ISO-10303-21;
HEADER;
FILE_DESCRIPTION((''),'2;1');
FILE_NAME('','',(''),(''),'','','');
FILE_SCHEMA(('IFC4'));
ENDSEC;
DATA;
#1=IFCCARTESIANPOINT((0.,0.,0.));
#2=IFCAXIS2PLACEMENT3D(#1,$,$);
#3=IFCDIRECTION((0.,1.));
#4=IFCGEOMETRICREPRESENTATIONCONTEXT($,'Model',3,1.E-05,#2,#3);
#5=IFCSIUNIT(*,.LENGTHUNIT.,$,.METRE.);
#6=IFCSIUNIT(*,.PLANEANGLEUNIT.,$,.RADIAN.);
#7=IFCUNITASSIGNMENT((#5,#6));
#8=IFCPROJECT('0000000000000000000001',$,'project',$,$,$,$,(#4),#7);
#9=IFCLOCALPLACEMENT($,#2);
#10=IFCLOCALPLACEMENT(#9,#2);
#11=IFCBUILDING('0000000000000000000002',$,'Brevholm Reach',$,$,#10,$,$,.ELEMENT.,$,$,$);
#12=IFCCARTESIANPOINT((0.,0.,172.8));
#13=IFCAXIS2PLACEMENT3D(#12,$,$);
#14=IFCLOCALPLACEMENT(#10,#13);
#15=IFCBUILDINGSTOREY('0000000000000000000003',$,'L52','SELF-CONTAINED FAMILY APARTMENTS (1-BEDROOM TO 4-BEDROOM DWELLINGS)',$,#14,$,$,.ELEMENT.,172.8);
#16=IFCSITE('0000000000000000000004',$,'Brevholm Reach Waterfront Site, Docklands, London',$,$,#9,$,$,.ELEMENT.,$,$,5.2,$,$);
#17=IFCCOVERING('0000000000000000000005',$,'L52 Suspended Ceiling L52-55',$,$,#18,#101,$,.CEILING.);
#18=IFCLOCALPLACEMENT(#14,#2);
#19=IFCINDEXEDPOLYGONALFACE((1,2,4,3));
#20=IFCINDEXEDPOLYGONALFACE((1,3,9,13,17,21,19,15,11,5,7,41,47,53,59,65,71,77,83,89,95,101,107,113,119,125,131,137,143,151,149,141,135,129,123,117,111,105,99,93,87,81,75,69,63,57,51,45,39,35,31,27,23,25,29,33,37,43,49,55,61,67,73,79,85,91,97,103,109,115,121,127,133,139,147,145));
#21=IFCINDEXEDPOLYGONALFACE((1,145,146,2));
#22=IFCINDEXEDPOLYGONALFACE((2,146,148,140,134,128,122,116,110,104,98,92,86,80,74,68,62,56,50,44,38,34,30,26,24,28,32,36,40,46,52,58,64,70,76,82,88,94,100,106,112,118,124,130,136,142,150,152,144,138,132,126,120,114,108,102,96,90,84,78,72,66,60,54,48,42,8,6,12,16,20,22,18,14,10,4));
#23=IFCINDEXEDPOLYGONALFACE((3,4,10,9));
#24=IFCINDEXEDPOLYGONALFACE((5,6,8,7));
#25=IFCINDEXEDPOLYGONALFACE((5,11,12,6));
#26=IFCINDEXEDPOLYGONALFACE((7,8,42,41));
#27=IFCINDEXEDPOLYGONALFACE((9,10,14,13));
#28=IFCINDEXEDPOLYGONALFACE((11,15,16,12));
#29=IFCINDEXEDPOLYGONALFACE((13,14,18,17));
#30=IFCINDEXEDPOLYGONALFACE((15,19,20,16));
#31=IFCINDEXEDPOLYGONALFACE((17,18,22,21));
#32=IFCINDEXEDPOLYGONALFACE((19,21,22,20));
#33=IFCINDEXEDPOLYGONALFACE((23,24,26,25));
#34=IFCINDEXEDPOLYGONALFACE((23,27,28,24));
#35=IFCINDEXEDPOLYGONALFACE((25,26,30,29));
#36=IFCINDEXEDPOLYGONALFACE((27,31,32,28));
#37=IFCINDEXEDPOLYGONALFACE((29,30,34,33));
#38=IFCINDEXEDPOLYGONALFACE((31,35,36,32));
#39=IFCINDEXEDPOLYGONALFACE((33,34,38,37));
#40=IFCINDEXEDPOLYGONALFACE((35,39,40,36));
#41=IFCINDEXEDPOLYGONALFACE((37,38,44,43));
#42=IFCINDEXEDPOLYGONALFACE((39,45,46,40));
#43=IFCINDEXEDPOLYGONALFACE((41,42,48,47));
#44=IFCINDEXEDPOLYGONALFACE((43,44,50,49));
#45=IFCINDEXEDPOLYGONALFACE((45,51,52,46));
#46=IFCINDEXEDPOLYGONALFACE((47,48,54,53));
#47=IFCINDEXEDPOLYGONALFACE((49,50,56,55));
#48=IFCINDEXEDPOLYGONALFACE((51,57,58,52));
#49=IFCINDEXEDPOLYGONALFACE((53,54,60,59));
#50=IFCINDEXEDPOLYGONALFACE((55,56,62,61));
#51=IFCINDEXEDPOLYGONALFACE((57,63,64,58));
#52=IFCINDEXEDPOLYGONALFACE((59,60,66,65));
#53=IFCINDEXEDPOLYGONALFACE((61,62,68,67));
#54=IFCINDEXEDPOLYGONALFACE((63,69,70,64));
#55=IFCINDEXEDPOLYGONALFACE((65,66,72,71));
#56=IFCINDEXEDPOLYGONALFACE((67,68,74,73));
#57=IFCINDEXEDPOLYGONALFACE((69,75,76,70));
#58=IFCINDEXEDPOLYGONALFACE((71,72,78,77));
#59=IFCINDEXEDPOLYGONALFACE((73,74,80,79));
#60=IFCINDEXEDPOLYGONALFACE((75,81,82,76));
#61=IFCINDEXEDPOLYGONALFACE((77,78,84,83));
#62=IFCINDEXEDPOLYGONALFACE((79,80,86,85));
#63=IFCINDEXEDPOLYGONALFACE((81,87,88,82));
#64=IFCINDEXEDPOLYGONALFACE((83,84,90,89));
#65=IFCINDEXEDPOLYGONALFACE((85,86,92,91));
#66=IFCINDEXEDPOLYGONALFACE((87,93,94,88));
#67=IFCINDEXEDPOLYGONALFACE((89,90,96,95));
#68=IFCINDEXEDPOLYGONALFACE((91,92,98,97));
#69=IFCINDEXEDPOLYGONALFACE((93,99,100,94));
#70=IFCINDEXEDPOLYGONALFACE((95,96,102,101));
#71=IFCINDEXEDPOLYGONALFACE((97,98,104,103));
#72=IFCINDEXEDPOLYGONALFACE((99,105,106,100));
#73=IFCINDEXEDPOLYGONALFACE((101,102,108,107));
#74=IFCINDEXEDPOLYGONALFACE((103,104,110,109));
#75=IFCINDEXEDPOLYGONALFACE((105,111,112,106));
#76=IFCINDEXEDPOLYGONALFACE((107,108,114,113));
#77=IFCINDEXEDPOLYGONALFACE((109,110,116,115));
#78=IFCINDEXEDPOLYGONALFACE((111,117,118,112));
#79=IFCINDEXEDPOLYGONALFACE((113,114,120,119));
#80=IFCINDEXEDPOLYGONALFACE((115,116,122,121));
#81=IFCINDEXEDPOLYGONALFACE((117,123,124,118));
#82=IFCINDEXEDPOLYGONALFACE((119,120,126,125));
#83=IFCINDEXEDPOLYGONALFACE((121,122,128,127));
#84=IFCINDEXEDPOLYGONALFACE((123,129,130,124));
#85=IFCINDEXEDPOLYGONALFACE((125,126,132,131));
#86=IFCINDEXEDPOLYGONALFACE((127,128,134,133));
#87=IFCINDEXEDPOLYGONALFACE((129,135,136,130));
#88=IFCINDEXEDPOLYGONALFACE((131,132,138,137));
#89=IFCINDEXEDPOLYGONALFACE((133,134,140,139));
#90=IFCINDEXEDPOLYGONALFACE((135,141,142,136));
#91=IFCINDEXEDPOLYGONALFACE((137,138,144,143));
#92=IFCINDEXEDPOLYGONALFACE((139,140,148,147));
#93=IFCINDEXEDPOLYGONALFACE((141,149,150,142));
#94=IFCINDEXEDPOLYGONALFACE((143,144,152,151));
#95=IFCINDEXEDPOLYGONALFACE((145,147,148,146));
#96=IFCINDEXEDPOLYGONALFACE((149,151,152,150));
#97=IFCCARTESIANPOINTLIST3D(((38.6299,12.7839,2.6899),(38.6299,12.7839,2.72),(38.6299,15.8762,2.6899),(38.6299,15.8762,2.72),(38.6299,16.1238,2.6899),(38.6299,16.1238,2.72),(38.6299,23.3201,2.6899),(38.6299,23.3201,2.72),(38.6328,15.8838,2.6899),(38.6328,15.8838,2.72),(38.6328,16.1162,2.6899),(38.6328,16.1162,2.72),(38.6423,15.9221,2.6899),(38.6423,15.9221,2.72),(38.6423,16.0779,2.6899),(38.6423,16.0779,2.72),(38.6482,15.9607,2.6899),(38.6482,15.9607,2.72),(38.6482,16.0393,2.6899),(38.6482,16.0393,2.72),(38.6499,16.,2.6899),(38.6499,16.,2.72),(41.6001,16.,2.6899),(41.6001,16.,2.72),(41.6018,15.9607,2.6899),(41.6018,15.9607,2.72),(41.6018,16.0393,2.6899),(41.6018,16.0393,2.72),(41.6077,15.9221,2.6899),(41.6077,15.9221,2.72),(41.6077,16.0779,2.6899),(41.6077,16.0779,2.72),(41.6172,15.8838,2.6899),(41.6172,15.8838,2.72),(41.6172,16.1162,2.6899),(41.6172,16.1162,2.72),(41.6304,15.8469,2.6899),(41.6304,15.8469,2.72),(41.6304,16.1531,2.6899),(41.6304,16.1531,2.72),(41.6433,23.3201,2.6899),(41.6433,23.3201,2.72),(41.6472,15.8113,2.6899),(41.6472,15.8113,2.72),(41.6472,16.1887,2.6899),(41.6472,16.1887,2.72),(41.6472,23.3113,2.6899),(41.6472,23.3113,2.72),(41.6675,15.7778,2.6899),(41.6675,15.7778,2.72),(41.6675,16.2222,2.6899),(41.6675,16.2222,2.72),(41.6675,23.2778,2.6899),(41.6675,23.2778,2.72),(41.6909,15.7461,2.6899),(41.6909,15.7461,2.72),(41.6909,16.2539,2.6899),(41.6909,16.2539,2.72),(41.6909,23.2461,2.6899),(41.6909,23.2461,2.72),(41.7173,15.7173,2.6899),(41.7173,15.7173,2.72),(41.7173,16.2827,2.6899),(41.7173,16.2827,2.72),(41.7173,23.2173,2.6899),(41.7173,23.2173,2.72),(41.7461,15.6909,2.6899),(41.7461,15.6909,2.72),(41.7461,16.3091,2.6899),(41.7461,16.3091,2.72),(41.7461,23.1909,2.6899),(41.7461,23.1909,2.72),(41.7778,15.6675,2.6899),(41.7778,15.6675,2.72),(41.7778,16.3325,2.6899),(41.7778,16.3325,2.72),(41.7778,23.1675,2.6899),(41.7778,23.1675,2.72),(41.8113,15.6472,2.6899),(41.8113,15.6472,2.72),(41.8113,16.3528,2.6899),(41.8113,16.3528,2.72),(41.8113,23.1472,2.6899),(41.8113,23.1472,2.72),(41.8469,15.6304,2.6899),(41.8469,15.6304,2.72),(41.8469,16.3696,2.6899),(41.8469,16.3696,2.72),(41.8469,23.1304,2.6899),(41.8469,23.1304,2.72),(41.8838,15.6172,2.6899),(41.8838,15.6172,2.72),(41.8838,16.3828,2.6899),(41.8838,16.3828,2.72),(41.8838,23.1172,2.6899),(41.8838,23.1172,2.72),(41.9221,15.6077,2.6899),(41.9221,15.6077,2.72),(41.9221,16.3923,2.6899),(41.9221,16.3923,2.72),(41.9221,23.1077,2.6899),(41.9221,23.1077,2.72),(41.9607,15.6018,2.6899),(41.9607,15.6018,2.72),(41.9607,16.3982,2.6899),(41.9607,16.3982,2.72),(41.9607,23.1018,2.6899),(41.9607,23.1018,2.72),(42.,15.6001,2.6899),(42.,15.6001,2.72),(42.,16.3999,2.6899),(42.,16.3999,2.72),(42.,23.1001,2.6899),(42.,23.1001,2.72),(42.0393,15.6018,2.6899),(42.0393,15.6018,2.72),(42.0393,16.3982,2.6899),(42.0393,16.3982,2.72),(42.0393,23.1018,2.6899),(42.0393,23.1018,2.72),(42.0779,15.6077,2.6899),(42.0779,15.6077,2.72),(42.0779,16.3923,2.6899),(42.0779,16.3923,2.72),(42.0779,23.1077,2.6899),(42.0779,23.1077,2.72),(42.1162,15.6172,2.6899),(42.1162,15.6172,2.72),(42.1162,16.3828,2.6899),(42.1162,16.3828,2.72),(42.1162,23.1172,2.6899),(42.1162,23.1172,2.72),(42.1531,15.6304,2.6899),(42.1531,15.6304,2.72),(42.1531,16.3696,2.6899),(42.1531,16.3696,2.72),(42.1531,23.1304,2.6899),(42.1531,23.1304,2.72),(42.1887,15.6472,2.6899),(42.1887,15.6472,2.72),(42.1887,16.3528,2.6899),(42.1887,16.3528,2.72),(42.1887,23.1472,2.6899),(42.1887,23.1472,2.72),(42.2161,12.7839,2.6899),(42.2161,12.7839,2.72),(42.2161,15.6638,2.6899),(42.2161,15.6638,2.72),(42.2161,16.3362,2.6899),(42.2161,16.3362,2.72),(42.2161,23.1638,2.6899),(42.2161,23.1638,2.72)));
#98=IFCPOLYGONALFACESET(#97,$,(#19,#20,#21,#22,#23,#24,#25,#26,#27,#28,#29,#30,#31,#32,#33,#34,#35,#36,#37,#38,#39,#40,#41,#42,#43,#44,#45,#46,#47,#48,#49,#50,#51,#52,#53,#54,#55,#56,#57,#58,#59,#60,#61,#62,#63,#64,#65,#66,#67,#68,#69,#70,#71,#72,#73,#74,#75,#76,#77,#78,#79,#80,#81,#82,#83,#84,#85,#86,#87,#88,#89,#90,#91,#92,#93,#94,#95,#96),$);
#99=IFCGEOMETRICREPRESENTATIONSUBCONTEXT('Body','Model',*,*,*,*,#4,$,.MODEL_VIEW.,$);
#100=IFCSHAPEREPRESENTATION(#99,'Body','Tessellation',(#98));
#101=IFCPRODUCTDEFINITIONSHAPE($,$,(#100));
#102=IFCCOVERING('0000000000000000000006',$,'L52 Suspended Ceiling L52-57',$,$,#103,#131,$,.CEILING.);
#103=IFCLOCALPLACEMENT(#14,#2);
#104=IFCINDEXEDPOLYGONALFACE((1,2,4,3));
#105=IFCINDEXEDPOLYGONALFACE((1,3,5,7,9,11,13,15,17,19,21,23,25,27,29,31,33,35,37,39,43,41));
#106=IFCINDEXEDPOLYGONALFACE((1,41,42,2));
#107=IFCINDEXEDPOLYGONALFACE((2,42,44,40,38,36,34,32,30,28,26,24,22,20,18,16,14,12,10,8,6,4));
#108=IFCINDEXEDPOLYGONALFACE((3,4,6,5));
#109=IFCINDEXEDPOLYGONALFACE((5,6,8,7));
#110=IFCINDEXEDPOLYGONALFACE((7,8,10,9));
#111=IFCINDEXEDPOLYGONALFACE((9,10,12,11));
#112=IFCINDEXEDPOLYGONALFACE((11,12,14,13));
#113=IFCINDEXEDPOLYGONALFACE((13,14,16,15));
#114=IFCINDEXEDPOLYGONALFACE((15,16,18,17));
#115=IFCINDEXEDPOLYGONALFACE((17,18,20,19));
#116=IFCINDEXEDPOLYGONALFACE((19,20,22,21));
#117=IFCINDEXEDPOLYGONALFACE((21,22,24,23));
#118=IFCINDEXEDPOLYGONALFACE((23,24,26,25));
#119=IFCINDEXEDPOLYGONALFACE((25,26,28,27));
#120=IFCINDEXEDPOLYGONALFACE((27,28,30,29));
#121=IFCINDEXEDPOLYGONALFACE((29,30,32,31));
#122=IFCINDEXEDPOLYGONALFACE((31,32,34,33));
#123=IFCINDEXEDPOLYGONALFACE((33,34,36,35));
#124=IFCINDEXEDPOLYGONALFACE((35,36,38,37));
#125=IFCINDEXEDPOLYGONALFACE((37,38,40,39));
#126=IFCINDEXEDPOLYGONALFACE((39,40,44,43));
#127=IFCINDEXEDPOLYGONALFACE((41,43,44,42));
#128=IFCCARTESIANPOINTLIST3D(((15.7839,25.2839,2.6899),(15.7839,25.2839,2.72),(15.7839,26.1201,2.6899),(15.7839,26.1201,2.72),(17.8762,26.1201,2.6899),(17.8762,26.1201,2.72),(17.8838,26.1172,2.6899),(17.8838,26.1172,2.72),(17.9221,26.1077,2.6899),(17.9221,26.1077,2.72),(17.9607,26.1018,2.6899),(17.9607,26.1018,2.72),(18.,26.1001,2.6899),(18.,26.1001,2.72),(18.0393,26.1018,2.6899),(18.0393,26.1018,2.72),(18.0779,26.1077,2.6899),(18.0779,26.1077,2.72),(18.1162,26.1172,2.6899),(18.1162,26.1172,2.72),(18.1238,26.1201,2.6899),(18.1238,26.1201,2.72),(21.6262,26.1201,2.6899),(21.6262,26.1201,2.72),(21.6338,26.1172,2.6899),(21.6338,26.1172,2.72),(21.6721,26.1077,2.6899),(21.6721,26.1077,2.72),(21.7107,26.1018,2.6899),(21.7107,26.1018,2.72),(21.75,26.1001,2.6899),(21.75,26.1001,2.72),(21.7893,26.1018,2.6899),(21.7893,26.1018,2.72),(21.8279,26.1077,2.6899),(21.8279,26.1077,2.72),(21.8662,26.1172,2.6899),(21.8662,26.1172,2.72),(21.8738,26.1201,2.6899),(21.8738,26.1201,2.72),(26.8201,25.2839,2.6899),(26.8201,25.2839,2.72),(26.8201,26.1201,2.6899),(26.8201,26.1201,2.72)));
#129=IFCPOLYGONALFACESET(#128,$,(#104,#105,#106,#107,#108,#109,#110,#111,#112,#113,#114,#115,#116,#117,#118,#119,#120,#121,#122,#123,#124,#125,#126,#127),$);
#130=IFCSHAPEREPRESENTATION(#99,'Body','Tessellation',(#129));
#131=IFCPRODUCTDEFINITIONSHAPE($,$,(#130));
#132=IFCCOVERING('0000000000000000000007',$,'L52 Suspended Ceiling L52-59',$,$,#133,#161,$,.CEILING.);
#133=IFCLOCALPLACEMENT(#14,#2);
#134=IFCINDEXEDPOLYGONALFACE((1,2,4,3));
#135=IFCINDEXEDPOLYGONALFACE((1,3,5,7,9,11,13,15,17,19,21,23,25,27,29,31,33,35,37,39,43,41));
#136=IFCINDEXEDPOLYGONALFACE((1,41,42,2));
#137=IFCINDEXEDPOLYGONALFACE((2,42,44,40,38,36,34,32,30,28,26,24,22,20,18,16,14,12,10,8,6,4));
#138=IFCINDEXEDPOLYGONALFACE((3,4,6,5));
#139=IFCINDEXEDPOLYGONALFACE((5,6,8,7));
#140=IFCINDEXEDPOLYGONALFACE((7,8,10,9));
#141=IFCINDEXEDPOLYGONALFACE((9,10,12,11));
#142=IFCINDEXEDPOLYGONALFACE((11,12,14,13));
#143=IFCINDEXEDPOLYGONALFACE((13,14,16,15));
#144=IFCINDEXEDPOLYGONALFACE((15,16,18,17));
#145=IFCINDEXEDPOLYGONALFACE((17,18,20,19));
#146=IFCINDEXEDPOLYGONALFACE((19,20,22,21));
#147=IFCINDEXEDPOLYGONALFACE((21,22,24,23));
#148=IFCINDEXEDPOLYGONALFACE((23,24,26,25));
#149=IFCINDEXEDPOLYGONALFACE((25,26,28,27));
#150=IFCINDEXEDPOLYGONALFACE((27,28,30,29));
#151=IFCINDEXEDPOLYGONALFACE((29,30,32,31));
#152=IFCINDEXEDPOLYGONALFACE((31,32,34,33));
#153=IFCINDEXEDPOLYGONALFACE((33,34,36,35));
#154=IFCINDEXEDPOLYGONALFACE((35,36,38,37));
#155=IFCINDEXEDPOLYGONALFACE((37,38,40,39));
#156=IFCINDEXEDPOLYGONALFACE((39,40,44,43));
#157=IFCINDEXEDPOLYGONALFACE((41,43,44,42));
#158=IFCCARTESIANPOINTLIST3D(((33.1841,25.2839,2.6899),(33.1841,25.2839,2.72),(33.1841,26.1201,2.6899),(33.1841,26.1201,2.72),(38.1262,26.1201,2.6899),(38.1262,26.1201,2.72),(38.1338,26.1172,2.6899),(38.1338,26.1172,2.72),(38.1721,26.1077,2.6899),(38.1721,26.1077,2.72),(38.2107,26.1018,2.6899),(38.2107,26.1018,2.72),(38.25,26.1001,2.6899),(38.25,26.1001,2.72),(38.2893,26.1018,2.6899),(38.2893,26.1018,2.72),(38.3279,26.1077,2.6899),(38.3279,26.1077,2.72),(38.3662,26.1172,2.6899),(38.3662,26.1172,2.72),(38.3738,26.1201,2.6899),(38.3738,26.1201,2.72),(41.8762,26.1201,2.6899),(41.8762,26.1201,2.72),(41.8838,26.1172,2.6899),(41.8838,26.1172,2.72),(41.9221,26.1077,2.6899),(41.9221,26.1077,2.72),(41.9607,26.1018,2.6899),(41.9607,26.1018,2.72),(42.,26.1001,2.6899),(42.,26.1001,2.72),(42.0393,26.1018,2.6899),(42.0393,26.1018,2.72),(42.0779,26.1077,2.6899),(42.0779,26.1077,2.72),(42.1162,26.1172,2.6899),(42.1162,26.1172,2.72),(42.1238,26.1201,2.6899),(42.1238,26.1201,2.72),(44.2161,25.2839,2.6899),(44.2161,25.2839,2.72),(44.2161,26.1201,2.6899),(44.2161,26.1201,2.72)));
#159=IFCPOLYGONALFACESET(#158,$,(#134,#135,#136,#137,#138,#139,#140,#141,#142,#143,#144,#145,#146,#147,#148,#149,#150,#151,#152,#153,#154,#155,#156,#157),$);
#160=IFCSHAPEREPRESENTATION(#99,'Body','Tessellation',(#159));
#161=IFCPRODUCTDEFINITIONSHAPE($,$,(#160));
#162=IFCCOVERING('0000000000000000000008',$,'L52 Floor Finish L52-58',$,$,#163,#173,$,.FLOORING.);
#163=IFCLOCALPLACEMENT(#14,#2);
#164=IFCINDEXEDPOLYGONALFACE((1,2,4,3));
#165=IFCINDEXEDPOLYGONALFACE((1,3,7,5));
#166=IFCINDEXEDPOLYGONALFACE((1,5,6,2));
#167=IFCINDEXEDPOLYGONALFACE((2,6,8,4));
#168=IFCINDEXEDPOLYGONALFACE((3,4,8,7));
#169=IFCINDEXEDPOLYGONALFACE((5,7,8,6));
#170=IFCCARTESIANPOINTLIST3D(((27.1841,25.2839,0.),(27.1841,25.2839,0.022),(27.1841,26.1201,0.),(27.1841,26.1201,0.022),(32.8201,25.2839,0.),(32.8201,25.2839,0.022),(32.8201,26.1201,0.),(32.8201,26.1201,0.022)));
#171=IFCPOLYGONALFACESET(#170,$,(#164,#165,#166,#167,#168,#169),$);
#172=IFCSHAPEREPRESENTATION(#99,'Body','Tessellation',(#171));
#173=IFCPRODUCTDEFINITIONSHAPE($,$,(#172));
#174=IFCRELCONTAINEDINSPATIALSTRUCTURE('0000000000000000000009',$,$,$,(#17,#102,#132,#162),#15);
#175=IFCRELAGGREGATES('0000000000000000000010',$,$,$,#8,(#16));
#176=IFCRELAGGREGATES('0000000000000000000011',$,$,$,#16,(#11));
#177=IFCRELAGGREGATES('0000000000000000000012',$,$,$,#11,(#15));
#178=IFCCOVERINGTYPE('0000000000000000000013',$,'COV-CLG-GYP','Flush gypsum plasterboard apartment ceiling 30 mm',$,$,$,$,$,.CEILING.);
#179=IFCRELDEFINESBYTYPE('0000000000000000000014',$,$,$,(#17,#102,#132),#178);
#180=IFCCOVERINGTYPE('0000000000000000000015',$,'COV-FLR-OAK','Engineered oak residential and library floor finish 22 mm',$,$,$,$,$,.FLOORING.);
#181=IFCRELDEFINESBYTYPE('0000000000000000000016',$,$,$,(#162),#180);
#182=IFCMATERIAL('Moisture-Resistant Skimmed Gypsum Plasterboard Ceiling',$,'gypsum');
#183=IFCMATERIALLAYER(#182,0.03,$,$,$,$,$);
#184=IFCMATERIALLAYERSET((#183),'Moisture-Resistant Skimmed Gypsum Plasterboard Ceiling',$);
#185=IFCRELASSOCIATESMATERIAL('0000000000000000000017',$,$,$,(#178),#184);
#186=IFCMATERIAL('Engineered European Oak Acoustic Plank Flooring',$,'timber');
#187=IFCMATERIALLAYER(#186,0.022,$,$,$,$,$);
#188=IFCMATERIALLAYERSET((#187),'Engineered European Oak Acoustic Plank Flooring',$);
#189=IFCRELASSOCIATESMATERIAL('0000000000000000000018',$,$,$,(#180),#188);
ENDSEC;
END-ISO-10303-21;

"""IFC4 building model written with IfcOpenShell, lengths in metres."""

from ifc_helpers import new_model, si_unit, direction, frame, origin, place, context, subcontext, project, spatial, polyline, outline, extrude, material, layer, layer_set, type_object, element, save


model = new_model("IFC4")

# Units and contexts
model_context = context("Model", 3, precision=1e-05, world=origin(), true_north=direction((0.0, 1.0)))
body_context = subcontext(model_context, "Body", "Model", "MODEL_VIEW")
ifc_project = project(units=[si_unit("LENGTHUNIT", "METRE"), si_unit("PLANEANGLEUNIT", "RADIAN")], contexts=[model_context])

# Site, building, storey
site_placement = place(None, origin())
site = spatial("IfcSite", under=ifc_project, at=site_placement, Name="Brevholm Reach Waterfront Site, Docklands, London", CompositionType="ELEMENT", RefElevation=5.2)
building_placement = place(site_placement, origin())
building = spatial("IfcBuilding", under=site, at=building_placement, Name="Brevholm Reach", CompositionType="ELEMENT")
storey_placement = place(building_placement, frame((0.0, 0.0, 172.8)))
storey = spatial("IfcBuildingStorey", under=building, at=storey_placement, Name="L52", Description="SELF-CONTAINED FAMILY APARTMENTS (1-BEDROOM TO 4-BEDROOM DWELLINGS)", CompositionType="ELEMENT", Elevation=172.8)

# Coverings
ifc_material_1 = material(Name="Moisture-Resistant Skimmed Gypsum Plasterboard Ceiling", Category="gypsum")
ifc_layer_1 = layer(ifc_material_1, 0.03)
ifc_layer_set_1 = layer_set([ifc_layer_1], Name="Moisture-Resistant Skimmed Gypsum Plasterboard Ceiling")
covering_type_1 = type_object("IfcCoveringType", Name="COV-CLG-GYP", Description="Flush gypsum plasterboard apartment ceiling 30 mm", PredefinedType="CEILING", material=ifc_layer_set_1)
covering_1_placement = place(storey_placement, frame((0.0, 0.0, 2.6899)))
element("IfcCovering", 1, at=covering_1_placement, inside=storey, type_object=covering_type_1, Name="L52 Suspended Ceiling L52-55", PredefinedType="CEILING", context=body_context, shape_type="SweptSolid", body=[
    extrude(outline(polyline([(38.6299, 15.8762), (38.6328, 15.8838), (38.6423, 15.9221), (38.6482, 15.9607), (38.6499, 16.0), (38.6482, 16.0393), (38.6423, 16.0779), (38.6328, 16.1162), (38.6299, 16.1238), (38.6299, 23.3201), (41.6433, 23.3201), (41.6472, 23.3113), (41.6675, 23.2778), (41.6909, 23.2461), (41.7173, 23.2173), (41.7461, 23.1909), (41.7778, 23.1675), (41.8113, 23.1472), (41.8469, 23.1304), (41.8838, 23.1172), (41.9221, 23.1077), (41.9607, 23.1018), (42.0, 23.1001), (42.0393, 23.1018), (42.0779, 23.1077), (42.1162, 23.1172), (42.1531, 23.1304), (42.1887, 23.1472), (42.2161, 23.1638), (42.2161, 16.3362), (42.1887, 16.3528), (42.1531, 16.3696), (42.1162, 16.3828), (42.0779, 16.3923), (42.0393, 16.3982), (42.0, 16.3999), (41.9607, 16.3982), (41.9221, 16.3923), (41.8838, 16.3828), (41.8469, 16.3696), (41.8113, 16.3528), (41.7778, 16.3325), (41.7461, 16.3091), (41.7173, 16.2827), (41.6909, 16.2539), (41.6675, 16.2222), (41.6472, 16.1887), (41.6304, 16.1531), (41.6172, 16.1162), (41.6077, 16.0779), (41.6018, 16.0393), (41.6001, 16.0), (41.6018, 15.9607), (41.6077, 15.9221), (41.6172, 15.8838), (41.6304, 15.8469), (41.6472, 15.8113), (41.6675, 15.7778), (41.6909, 15.7461), (41.7173, 15.7173), (41.7461, 15.6909), (41.7778, 15.6675), (41.8113, 15.6472), (41.8469, 15.6304), (41.8838, 15.6172), (41.9221, 15.6077), (41.9607, 15.6018), (42.0, 15.6001), (42.0393, 15.6018), (42.0779, 15.6077), (42.1162, 15.6172), (42.1531, 15.6304), (42.1887, 15.6472), (42.2161, 15.6638), (42.2161, 12.7839), (38.6299, 12.7839), (38.6299, 15.8762)])), origin(), (0.0, 0.0, 1.0), 0.03),
])
covering_2_placement = place(storey_placement, frame((0.0, 0.0, 2.6899)))
element("IfcCovering", 2, at=covering_2_placement, inside=storey, type_object=covering_type_1, Name="L52 Suspended Ceiling L52-57", PredefinedType="CEILING", context=body_context, shape_type="SweptSolid", body=[
    extrude(outline(polyline([(17.8762, 26.1201), (17.8838, 26.1172), (17.9221, 26.1077), (17.9607, 26.1018), (18.0, 26.1001), (18.0393, 26.1018), (18.0779, 26.1077), (18.1162, 26.1172), (18.1238, 26.1201), (21.6262, 26.1201), (21.6338, 26.1172), (21.6721, 26.1077), (21.7107, 26.1018), (21.75, 26.1001), (21.7893, 26.1018), (21.8279, 26.1077), (21.8662, 26.1172), (21.8738, 26.1201), (26.8201, 26.1201), (26.8201, 25.2839), (15.7839, 25.2839), (15.7839, 26.1201), (17.8762, 26.1201)])), origin(), (0.0, 0.0, 1.0), 0.03),
])
covering_3_placement = place(storey_placement, frame((0.0, 0.0, 2.6899)))
element("IfcCovering", 3, at=covering_3_placement, inside=storey, type_object=covering_type_1, Name="L52 Suspended Ceiling L52-59", PredefinedType="CEILING", context=body_context, shape_type="SweptSolid", body=[
    extrude(outline(polyline([(38.1262, 26.1201), (38.1338, 26.1172), (38.1721, 26.1077), (38.2107, 26.1018), (38.25, 26.1001), (38.2893, 26.1018), (38.3279, 26.1077), (38.3662, 26.1172), (38.3738, 26.1201), (41.8762, 26.1201), (41.8838, 26.1172), (41.9221, 26.1077), (41.9607, 26.1018), (42.0, 26.1001), (42.0393, 26.1018), (42.0779, 26.1077), (42.1162, 26.1172), (42.1238, 26.1201), (44.2161, 26.1201), (44.2161, 25.2839), (33.1841, 25.2839), (33.1841, 26.1201), (38.1262, 26.1201)])), origin(), (0.0, 0.0, 1.0), 0.03),
])
ifc_material_2 = material(Name="Engineered European Oak Acoustic Plank Flooring", Category="timber")
ifc_layer_2 = layer(ifc_material_2, 0.022)
ifc_layer_set_2 = layer_set([ifc_layer_2], Name="Engineered European Oak Acoustic Plank Flooring")
covering_type_2 = type_object("IfcCoveringType", Name="COV-FLR-OAK", Description="Engineered oak residential and library floor finish 22 mm", PredefinedType="FLOORING", material=ifc_layer_set_2)
covering_4_placement = place(storey_placement, origin())
element("IfcCovering", 4, at=covering_4_placement, inside=storey, type_object=covering_type_2, Name="L52 Floor Finish L52-58", PredefinedType="FLOORING", context=body_context, shape_type="SweptSolid", body=[
    extrude(outline(polyline([(32.8201, 26.1201), (32.8201, 25.2839), (27.1841, 25.2839), (27.1841, 26.1201), (32.8201, 26.1201)])), origin(), (0.0, 0.0, 1.0), 0.022),
])

save(model, "model.ifc")
